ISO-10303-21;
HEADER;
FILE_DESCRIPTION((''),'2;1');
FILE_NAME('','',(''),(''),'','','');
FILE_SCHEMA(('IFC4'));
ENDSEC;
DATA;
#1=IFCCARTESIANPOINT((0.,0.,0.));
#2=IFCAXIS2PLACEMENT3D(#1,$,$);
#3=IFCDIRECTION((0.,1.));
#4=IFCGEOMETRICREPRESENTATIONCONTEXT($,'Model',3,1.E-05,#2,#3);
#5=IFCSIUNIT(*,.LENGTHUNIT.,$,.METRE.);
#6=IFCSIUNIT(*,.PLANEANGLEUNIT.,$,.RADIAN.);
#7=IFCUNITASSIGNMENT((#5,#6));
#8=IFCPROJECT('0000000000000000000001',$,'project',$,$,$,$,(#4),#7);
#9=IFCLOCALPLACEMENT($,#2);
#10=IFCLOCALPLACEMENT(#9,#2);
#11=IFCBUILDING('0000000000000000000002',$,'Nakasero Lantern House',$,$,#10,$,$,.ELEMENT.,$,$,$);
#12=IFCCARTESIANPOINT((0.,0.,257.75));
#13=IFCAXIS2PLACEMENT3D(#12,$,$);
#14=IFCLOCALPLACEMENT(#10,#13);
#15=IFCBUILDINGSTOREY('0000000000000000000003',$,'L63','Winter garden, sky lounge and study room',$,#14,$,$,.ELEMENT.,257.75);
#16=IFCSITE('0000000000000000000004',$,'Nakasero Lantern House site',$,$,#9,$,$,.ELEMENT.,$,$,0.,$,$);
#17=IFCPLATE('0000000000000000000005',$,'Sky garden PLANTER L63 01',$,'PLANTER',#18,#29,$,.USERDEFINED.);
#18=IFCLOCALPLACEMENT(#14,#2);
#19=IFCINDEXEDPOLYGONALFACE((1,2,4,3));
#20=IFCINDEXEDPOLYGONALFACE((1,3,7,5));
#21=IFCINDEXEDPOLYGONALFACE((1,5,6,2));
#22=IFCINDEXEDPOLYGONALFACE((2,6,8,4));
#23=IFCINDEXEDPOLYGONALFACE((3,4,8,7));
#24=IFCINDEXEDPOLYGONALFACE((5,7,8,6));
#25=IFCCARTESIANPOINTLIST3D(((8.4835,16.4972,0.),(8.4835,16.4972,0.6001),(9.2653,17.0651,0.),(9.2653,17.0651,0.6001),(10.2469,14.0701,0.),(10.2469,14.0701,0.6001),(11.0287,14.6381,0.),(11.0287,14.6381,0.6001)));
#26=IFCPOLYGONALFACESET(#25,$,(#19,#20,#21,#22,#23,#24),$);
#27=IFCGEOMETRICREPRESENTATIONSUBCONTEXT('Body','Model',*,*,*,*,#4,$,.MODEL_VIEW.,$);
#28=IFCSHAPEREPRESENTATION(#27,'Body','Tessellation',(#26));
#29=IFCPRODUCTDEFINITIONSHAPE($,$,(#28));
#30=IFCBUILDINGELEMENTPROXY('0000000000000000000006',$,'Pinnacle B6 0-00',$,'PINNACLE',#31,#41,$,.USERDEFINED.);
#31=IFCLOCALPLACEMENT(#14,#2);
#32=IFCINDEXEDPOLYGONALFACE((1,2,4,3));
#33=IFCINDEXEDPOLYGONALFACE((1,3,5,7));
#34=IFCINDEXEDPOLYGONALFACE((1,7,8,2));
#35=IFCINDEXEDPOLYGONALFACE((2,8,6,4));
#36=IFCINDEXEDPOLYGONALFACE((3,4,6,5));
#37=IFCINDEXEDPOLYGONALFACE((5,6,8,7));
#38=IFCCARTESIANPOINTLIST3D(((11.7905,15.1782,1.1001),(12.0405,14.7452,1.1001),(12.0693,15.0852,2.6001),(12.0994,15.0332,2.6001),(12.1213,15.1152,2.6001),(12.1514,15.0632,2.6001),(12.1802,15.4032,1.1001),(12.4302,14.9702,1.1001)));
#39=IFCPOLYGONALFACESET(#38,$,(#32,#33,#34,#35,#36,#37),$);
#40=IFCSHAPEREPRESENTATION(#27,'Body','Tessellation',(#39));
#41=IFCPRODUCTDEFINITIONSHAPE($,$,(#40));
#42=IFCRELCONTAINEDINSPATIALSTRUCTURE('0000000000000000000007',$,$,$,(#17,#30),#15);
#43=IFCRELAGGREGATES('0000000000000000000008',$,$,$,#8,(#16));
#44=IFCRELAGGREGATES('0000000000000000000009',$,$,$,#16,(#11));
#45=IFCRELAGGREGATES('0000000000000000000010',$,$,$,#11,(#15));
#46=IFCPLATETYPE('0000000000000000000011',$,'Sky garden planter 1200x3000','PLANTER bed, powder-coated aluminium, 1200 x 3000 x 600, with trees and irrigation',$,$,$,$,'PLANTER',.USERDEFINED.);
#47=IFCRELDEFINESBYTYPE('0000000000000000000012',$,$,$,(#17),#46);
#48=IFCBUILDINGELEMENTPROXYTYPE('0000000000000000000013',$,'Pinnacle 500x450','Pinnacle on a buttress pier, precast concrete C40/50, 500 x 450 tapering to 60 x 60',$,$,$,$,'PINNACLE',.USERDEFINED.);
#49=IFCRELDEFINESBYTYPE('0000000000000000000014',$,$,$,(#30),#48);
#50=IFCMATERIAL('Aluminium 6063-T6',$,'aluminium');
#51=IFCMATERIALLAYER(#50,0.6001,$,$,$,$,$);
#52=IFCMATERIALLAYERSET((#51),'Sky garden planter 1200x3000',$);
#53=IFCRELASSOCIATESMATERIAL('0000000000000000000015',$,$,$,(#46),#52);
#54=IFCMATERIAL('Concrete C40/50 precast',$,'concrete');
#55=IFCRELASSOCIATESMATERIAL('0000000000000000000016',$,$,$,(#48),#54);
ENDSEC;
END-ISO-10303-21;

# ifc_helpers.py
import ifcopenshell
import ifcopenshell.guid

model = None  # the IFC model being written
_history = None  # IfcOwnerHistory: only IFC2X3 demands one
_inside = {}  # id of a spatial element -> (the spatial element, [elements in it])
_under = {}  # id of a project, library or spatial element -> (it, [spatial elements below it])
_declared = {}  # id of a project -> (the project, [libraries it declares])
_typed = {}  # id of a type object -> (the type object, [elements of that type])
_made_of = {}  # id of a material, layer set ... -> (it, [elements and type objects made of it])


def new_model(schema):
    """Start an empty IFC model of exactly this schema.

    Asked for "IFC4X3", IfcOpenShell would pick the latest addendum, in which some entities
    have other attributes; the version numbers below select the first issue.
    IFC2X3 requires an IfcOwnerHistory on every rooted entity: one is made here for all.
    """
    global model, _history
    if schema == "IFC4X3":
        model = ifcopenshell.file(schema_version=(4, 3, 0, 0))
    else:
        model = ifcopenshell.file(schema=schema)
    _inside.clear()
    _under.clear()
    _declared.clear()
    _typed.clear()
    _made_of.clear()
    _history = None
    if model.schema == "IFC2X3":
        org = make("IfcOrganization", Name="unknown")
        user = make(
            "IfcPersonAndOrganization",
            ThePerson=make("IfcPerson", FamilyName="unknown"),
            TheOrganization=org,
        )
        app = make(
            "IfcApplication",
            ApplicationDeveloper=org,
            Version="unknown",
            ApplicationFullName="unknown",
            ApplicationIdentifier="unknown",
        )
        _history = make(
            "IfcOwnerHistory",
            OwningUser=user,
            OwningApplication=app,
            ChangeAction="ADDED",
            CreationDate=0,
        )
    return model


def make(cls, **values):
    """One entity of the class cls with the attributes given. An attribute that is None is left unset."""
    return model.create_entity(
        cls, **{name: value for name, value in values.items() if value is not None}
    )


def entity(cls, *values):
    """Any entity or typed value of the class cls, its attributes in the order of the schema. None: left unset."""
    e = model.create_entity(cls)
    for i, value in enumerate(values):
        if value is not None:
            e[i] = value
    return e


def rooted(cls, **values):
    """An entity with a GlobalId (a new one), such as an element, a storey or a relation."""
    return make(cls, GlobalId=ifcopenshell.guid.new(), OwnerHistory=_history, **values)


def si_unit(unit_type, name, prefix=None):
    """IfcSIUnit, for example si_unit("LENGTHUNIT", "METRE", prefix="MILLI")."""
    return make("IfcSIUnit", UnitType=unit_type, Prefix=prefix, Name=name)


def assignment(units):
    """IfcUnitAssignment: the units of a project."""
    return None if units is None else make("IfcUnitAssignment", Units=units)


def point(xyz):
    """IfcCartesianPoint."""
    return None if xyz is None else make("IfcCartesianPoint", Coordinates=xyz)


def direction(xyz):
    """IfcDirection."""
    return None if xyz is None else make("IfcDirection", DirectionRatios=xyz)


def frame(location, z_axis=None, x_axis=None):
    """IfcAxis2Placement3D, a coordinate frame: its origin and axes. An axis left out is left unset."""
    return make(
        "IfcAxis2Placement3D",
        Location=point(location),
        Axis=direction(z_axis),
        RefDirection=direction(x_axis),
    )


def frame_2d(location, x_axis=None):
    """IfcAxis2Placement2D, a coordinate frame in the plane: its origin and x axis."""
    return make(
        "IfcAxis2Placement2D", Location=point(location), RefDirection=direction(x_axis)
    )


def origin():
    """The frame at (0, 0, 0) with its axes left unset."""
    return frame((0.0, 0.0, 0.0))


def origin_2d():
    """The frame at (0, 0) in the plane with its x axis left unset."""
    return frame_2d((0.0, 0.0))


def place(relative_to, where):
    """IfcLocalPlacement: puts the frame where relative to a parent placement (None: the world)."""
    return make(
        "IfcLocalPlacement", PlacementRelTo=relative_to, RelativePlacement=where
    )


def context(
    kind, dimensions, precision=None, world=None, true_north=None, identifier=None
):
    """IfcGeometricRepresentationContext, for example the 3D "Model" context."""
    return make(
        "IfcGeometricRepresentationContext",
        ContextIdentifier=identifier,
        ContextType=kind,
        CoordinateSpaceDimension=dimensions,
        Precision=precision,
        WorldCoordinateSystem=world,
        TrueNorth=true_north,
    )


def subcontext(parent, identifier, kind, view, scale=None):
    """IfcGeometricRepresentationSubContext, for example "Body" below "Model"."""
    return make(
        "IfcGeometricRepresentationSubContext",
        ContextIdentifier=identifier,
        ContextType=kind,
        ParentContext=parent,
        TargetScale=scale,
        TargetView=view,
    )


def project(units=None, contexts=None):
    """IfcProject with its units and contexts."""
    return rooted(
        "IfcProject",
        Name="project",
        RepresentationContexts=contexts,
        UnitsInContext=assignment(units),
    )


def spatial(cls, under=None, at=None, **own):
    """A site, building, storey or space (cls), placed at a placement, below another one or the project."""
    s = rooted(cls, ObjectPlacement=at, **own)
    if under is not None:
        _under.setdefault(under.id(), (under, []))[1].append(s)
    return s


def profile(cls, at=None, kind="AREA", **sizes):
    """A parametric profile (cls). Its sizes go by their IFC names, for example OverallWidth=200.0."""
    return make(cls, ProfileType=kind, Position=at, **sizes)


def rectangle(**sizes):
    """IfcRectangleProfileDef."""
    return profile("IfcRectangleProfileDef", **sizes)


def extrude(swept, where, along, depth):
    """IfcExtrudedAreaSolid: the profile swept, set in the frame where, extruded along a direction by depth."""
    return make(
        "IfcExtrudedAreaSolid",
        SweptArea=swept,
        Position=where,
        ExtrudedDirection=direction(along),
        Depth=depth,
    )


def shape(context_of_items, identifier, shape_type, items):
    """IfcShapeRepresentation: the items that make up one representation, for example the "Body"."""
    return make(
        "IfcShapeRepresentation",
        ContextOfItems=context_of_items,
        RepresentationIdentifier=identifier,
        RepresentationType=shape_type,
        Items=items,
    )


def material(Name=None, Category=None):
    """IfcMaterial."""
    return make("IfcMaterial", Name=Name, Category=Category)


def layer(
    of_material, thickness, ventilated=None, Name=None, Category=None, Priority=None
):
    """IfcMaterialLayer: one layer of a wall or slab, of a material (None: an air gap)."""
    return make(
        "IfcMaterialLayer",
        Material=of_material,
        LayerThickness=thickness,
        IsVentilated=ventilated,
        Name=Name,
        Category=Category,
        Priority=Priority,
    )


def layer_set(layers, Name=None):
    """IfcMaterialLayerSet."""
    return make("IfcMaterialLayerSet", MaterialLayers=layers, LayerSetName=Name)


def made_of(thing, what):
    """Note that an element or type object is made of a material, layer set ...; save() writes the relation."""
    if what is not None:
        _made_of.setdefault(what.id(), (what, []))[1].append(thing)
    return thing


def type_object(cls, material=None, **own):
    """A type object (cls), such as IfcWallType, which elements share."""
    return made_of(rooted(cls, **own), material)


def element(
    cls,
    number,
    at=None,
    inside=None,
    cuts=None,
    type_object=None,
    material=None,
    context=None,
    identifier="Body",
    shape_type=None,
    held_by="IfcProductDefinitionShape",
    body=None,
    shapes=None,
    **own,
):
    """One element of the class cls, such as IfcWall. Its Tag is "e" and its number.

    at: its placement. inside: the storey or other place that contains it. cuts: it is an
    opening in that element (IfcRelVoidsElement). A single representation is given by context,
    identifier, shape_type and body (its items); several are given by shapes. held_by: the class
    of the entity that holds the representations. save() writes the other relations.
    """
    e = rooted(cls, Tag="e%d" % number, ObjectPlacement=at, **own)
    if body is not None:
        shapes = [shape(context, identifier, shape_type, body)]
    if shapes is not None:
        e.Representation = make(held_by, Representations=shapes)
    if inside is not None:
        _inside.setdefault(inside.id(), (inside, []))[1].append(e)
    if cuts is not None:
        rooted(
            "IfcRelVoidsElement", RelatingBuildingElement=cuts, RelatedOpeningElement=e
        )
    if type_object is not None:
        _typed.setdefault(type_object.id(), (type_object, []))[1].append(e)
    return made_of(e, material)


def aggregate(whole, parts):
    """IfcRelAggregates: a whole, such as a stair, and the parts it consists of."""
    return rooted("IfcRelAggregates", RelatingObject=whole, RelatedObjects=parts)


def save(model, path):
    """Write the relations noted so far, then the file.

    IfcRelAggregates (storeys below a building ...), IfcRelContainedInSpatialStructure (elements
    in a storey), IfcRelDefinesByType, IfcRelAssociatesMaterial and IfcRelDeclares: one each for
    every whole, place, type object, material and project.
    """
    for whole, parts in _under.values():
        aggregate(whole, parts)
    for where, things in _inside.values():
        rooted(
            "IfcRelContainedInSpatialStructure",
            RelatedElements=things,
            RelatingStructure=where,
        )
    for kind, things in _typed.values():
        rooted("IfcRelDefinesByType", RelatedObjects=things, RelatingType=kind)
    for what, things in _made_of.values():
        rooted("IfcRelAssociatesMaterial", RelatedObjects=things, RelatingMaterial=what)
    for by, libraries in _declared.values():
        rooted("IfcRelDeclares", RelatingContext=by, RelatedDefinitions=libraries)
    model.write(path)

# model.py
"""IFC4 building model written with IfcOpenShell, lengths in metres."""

from ifc_helpers import new_model, entity, si_unit, direction, frame, origin, origin_2d, place, context, subcontext, project, spatial, rectangle, extrude, material, layer, layer_set, type_object, element, save


model = new_model("IFC4")

# Units and contexts
model_context = context("Model", 3, precision=1e-05, world=origin(), true_north=direction((0.0, 1.0)))
body_context = subcontext(model_context, "Body", "Model", "MODEL_VIEW")
ifc_project = project(units=[si_unit("LENGTHUNIT", "METRE"), si_unit("PLANEANGLEUNIT", "RADIAN")], contexts=[model_context])

# Site, building, storey
site_placement = place(None, origin())
site = spatial("IfcSite", under=ifc_project, at=site_placement, Name="Nakasero Lantern House site", CompositionType="ELEMENT", RefElevation=0.0)
building_placement = place(site_placement, origin())
building = spatial("IfcBuilding", under=site, at=building_placement, Name="Nakasero Lantern House", CompositionType="ELEMENT")
storey_placement = place(building_placement, frame((0.0, 0.0, 257.75)))
storey = spatial("IfcBuildingStorey", under=building, at=storey_placement, Name="L63", Description="Winter garden, sky lounge and study room", CompositionType="ELEMENT", Elevation=257.75)

# Plate
ifc_material_1 = material(Name="Aluminium 6063-T6", Category="aluminium")
ifc_layer_1 = layer(ifc_material_1, 0.6001)
ifc_layer_set_1 = layer_set([ifc_layer_1], Name="Sky garden planter 1200x3000")
plate_type_1 = type_object("IfcPlateType", Name="Sky garden planter 1200x3000", Description="PLANTER bed, powder-coated aluminium, 1200 x 3000 x 600, with trees and irrigation", ElementType="PLANTER", PredefinedType="USERDEFINED", material=ifc_layer_set_1)
plate_1_placement = place(storey_placement, frame((9.7561, 15.5676, 0.0), z_axis=(0.0, 0.0, 1.0), x_axis=(0.809017, 0.587785, 0.0)))
element("IfcPlate", 1, at=plate_1_placement, inside=storey, type_object=plate_type_1, Name="Sky garden PLANTER L63 01", ObjectType="PLANTER", PredefinedType="USERDEFINED", context=body_context, shape_type="SweptSolid", body=[
    extrude(rectangle(XDim=0.9663, YDim=3.0, at=origin_2d()), origin(), (0.0, 0.0, 1.0), 0.6001),
])

# Building element proxy
ifc_material_2 = material(Name="Concrete C40/50 precast", Category="concrete")
building_element_proxy_type = type_object("IfcBuildingElementProxyType", Name="Pinnacle 500x450", Description="Pinnacle on a buttress pier, precast concrete C40/50, 500 x 450 tapering to 60 x 60", ElementType="PINNACLE", PredefinedType="USERDEFINED", material=ifc_material_2)
proxy_placement = place(storey_placement, frame((12.1104, 15.0742, 1.1001), z_axis=(0.0, 0.0, 1.0), x_axis=(0.866025, 0.5, 0.0)))
element("IfcBuildingElementProxy", 2, at=proxy_placement, inside=storey, type_object=building_element_proxy_type, Name="Pinnacle B6 0-00", ObjectType="PINNACLE", PredefinedType="USERDEFINED", context=body_context, shape_type="SweptSolid", body=[
    entity("IfcExtrudedAreaSolidTapered", entity("IfcRectangleProfileDef", "AREA", None, entity("IfcAxis2Placement2D", entity("IfcCartesianPoint", [0.0, 0.0])), 0.45, 0.5), entity("IfcAxis2Placement3D", entity("IfcCartesianPoint", [0.0, 0.0, 0.0])), entity("IfcDirection", [0.0, 0.0, 1.0]), 1.5, entity("IfcRectangleProfileDef", "AREA", None, entity("IfcAxis2Placement2D", entity("IfcCartesianPoint", [0.0, 0.0])), 0.0601, 0.0601)),
])

save(model, "model.ifc")
